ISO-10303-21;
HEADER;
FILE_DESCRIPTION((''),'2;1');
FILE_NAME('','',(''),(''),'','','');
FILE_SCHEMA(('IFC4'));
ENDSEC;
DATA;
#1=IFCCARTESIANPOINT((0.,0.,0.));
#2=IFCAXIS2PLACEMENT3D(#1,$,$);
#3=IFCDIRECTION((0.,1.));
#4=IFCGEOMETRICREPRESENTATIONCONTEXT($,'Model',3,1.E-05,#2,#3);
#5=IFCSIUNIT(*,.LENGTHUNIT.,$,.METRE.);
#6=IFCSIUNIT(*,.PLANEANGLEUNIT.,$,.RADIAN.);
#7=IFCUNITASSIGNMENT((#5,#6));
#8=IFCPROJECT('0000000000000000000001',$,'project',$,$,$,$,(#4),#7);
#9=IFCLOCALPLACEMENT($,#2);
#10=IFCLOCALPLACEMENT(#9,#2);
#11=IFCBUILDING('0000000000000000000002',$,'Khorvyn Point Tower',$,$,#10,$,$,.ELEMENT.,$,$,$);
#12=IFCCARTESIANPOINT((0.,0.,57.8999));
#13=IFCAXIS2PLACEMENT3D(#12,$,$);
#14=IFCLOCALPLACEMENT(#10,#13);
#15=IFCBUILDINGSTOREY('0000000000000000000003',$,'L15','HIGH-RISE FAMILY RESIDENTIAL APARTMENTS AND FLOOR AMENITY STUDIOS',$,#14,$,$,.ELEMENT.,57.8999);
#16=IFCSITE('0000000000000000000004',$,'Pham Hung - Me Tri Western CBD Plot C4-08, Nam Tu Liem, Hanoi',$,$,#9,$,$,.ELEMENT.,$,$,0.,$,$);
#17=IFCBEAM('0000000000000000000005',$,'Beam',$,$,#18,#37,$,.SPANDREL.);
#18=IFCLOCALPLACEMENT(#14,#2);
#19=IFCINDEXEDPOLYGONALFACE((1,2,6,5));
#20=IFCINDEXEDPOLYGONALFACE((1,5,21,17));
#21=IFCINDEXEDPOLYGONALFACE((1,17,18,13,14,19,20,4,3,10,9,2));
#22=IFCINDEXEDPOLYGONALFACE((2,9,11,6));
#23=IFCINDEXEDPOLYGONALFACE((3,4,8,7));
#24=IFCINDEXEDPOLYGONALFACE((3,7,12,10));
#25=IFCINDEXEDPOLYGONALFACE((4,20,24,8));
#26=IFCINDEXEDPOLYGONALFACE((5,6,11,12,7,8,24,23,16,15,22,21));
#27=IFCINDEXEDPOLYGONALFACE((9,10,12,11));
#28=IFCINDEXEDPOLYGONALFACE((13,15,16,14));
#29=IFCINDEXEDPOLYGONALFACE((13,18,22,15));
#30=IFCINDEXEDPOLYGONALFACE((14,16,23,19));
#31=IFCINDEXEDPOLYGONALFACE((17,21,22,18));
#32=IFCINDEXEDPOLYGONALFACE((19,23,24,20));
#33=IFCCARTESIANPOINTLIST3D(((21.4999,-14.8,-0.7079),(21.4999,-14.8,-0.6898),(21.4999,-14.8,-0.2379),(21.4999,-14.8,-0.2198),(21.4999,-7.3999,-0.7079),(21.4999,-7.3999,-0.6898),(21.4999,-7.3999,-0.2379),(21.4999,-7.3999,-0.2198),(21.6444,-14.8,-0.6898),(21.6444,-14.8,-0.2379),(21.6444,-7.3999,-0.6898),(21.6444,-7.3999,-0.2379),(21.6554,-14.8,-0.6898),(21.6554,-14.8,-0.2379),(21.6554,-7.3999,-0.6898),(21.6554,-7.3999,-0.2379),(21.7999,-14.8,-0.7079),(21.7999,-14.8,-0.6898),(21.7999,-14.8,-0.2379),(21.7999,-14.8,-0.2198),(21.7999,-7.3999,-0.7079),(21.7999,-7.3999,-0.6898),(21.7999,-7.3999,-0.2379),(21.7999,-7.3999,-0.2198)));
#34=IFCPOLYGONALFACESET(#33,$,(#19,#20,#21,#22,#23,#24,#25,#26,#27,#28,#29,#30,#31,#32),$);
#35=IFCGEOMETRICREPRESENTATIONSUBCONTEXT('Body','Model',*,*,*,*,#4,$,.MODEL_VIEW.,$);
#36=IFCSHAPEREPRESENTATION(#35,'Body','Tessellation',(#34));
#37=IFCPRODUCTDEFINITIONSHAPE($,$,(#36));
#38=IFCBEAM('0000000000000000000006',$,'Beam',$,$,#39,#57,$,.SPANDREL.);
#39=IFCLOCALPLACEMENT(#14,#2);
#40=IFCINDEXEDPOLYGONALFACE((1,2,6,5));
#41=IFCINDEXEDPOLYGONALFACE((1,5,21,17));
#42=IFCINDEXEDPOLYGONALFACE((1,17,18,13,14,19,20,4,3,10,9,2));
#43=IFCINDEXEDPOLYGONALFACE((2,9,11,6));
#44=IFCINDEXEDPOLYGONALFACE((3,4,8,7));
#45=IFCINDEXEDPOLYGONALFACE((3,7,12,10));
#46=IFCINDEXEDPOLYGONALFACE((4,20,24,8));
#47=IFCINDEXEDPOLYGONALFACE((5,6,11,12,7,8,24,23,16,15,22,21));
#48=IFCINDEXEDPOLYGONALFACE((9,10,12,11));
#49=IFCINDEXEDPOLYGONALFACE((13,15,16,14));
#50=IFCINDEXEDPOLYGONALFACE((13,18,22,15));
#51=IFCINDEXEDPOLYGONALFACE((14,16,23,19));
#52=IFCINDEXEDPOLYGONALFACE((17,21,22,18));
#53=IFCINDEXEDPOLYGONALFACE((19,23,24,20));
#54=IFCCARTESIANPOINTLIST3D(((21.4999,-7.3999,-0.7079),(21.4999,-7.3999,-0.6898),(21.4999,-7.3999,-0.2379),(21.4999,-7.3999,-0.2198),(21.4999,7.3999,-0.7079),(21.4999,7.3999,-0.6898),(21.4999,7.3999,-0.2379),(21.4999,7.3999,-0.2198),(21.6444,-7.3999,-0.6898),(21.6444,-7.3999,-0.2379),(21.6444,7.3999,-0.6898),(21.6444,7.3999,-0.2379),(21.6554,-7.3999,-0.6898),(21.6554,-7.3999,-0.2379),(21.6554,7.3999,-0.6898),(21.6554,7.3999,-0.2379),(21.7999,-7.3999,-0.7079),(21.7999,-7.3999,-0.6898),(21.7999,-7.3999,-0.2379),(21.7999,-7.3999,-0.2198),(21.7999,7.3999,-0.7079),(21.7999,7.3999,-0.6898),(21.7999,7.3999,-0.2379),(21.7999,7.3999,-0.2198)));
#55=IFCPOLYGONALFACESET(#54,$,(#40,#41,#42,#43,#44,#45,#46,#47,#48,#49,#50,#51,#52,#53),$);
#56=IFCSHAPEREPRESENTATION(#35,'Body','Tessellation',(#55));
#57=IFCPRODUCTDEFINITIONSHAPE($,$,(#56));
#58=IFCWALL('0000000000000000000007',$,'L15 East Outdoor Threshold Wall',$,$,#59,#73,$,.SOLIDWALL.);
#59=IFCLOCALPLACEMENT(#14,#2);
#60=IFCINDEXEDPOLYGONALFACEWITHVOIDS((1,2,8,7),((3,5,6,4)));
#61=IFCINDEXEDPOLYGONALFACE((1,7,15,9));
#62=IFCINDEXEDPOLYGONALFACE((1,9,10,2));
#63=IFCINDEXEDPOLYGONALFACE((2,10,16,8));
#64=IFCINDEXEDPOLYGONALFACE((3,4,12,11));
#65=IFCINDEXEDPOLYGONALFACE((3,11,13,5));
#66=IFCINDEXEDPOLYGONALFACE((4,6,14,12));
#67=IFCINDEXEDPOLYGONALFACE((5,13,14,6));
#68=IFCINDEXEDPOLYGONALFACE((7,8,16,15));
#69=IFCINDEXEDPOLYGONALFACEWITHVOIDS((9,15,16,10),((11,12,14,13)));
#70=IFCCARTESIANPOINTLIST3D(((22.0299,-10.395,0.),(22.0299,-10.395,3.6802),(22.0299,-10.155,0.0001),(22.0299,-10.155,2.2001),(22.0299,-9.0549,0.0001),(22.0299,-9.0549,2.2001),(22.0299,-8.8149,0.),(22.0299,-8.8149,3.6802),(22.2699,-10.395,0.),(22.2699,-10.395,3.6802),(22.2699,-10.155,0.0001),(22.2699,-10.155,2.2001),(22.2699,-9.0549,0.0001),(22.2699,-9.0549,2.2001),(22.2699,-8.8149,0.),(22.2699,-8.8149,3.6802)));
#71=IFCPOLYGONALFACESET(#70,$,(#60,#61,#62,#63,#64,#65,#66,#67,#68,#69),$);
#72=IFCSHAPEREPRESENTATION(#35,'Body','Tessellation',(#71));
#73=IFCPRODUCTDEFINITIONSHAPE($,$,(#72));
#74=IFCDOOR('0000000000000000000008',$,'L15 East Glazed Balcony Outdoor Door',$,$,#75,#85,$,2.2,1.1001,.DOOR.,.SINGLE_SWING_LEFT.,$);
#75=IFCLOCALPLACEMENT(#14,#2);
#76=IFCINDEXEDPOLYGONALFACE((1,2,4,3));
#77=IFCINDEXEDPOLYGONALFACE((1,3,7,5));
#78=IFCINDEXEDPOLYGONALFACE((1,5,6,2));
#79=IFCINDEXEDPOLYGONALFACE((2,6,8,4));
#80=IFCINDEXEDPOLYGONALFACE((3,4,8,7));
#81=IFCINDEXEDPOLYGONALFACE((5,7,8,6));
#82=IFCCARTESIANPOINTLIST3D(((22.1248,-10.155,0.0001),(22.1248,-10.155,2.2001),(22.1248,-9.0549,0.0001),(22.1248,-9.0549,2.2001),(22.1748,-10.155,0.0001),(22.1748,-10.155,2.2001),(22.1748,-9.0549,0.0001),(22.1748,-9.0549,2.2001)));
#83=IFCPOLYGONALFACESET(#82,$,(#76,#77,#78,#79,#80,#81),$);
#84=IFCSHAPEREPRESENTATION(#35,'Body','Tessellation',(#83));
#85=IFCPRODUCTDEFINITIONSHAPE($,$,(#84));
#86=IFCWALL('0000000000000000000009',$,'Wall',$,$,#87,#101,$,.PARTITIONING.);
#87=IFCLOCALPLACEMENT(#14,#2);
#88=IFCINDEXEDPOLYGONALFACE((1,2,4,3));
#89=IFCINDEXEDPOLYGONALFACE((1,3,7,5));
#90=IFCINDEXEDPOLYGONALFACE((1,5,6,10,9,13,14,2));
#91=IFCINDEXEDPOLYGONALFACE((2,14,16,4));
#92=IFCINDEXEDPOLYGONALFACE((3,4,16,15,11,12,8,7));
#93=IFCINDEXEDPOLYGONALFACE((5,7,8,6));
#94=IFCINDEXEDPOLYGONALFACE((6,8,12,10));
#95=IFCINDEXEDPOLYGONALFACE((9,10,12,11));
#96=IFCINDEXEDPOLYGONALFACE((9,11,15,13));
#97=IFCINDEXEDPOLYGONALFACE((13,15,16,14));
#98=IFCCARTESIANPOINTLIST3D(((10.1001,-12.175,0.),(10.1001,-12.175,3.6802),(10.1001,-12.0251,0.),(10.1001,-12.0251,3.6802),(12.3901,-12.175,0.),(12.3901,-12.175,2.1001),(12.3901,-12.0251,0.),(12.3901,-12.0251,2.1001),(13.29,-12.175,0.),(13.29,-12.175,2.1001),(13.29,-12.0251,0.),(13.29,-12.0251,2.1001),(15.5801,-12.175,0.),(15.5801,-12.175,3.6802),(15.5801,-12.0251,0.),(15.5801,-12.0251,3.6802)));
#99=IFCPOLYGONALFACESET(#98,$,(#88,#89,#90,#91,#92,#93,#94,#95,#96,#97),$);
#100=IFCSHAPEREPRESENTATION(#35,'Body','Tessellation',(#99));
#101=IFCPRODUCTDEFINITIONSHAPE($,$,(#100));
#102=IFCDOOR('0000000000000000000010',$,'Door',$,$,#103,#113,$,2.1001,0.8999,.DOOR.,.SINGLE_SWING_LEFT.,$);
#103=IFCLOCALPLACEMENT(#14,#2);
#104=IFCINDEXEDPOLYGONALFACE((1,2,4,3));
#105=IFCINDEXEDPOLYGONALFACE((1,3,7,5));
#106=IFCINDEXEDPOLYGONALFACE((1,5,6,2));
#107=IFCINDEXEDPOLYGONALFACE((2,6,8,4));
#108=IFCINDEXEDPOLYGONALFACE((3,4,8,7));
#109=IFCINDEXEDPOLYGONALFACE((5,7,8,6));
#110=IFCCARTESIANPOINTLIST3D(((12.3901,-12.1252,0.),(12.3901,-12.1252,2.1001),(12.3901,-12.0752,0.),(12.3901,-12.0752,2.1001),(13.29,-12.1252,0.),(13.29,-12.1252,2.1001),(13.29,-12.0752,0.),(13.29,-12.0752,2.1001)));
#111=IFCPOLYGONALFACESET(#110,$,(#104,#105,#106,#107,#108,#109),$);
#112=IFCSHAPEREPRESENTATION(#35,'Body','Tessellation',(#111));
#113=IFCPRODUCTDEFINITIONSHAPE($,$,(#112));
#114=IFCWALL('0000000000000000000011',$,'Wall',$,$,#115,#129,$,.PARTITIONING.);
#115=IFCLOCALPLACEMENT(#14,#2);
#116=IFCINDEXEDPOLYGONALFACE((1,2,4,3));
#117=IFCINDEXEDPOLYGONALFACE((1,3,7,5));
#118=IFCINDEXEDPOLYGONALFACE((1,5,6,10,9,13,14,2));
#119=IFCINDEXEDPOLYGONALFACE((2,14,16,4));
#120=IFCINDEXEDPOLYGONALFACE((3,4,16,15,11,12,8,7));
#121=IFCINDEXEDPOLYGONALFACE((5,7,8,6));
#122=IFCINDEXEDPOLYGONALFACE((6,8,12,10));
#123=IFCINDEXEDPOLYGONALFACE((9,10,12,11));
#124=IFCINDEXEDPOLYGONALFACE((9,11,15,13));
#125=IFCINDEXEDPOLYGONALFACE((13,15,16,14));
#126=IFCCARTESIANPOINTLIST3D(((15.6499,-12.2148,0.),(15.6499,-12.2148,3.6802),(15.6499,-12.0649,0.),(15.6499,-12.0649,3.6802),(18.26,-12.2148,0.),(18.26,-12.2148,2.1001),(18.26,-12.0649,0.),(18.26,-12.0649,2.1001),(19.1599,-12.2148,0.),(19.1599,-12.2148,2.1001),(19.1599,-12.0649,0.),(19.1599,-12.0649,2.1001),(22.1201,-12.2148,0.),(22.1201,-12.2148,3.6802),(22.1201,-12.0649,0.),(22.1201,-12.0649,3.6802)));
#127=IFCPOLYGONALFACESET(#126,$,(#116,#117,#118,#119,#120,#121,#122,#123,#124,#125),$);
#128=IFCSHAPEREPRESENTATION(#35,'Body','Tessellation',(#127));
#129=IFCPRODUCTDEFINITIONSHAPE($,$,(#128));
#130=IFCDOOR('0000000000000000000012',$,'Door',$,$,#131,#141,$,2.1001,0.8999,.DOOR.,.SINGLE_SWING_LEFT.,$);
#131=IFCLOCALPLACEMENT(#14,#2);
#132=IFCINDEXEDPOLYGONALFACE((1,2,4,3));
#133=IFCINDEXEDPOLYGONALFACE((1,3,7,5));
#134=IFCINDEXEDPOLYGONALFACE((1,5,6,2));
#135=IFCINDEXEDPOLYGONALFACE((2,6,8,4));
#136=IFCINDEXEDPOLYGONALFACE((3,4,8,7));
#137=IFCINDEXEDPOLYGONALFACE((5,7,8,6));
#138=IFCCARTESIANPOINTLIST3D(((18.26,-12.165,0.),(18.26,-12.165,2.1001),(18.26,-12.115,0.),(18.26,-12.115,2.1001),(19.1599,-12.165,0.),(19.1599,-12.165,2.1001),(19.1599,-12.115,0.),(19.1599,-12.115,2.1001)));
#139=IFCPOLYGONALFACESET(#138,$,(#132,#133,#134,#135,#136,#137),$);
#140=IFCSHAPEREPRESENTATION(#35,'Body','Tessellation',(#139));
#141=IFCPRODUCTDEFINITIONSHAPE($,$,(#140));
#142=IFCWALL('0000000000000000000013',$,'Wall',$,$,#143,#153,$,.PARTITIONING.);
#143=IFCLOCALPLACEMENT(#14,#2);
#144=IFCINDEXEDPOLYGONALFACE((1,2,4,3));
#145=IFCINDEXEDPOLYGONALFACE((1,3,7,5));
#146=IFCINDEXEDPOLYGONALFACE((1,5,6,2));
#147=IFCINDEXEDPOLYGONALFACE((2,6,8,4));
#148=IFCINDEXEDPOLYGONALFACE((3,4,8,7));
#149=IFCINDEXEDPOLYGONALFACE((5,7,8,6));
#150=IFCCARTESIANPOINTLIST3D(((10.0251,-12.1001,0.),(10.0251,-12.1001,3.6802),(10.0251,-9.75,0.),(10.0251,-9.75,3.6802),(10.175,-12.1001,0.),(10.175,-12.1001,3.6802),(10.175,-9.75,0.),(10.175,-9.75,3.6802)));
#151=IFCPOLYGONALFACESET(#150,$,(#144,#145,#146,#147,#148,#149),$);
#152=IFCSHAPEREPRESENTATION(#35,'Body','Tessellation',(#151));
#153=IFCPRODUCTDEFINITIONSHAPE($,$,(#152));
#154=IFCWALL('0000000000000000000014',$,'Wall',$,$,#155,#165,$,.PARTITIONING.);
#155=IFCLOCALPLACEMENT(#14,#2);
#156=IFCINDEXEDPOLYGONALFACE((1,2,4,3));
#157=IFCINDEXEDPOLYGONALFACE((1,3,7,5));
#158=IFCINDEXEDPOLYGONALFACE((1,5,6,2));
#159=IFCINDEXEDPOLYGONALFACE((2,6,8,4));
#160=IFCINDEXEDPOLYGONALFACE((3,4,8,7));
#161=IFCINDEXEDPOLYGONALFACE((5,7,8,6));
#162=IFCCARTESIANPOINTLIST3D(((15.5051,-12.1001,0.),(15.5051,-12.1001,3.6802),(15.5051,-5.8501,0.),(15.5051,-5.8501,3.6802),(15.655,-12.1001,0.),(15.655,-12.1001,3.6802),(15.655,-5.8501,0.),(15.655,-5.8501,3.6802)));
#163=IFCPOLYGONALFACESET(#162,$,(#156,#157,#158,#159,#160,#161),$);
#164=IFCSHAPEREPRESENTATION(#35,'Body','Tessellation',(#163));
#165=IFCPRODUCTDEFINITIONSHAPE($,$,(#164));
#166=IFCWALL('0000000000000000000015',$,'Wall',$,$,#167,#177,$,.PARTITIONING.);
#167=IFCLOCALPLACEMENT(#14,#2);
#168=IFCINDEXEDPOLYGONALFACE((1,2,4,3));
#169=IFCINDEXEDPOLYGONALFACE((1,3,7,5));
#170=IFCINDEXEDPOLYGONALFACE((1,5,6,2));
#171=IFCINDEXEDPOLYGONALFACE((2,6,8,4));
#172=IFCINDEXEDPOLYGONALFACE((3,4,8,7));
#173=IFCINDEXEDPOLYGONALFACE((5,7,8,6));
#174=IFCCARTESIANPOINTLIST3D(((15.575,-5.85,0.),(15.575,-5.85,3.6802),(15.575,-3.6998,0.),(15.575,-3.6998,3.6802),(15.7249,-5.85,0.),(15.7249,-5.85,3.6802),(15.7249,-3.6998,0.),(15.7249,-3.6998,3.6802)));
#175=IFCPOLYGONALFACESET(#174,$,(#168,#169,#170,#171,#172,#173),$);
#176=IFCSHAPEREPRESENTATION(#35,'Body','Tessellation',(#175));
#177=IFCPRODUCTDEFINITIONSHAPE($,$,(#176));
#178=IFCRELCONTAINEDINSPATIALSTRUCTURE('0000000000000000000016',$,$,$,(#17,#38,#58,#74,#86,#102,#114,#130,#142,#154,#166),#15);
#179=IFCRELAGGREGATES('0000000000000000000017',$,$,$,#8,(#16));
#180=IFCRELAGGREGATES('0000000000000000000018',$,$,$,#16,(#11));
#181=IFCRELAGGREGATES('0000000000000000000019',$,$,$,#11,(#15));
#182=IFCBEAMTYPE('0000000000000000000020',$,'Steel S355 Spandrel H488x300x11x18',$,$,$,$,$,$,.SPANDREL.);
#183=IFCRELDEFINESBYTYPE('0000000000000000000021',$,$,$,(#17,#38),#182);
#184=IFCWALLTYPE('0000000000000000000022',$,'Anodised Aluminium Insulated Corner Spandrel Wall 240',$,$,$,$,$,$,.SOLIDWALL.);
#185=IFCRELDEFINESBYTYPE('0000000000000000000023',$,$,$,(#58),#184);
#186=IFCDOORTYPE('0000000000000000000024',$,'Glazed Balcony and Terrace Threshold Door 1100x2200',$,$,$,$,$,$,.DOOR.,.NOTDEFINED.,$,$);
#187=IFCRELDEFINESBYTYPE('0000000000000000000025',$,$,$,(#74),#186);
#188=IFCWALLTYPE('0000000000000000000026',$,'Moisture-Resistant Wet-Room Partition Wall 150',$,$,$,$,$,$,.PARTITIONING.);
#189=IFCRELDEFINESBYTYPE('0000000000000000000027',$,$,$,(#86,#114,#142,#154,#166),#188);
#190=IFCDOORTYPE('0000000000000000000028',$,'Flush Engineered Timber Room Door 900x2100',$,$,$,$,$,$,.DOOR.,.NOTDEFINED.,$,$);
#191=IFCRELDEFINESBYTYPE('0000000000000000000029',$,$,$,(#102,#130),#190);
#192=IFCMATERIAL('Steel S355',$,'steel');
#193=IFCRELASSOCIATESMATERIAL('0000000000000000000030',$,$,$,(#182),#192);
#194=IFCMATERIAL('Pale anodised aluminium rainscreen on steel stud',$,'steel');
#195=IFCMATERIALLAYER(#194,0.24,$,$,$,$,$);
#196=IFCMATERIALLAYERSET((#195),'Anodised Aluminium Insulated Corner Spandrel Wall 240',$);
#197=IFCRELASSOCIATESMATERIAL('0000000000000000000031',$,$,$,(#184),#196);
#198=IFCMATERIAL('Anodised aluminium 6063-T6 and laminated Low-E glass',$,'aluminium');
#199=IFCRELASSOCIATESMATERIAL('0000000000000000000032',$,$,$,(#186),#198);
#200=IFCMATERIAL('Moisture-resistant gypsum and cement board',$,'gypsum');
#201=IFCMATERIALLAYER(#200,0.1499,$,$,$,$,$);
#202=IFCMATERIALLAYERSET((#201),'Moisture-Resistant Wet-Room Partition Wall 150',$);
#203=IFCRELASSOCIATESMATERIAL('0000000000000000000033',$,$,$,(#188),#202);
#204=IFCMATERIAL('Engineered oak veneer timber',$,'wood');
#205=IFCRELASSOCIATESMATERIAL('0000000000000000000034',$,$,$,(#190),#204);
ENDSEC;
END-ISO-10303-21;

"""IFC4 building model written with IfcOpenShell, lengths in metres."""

from ifc_helpers import new_model, si_unit, direction, frame, frame_2d, origin, origin_2d, place, context, subcontext, project, spatial, rectangle, i_section, extrude, material, layer, layer_set, material_profile, profile_set, type_object, element, fill, save


model = new_model("IFC4")

# Units and contexts
model_context = context("Model", 3, precision=1e-05, world=origin(), true_north=direction((0.0, 1.0)))
body_context = subcontext(model_context, "Body", "Model", "MODEL_VIEW")
ifc_project = project(units=[si_unit("LENGTHUNIT", "METRE"), si_unit("PLANEANGLEUNIT", "RADIAN")], contexts=[model_context])

# Site, building, storey
site_placement = place(None, origin())
site = spatial("IfcSite", under=ifc_project, at=site_placement, Name="Pham Hung - Me Tri Western CBD Plot C4-08, Nam Tu Liem, Hanoi", CompositionType="ELEMENT", RefElevation=0.0)
building_placement = place(site_placement, origin())
building = spatial("IfcBuilding", under=site, at=building_placement, Name="Khorvyn Point Tower", CompositionType="ELEMENT")
storey_placement = place(building_placement, frame((0.0, 0.0, 57.8999)))
storey = spatial("IfcBuildingStorey", under=building, at=storey_placement, Name="L15", Description="HIGH-RISE FAMILY RESIDENTIAL APARTMENTS AND FLOOR AMENITY STUDIOS", CompositionType="ELEMENT", Elevation=57.8999)

# Shared definitions
ifc_material_1 = material(Name="Anodised aluminium 6063-T6 and laminated Low-E glass", Category="aluminium")

# Beams
ifc_material_2 = material(Name="Steel S355", Category="steel")
ifc_material_profile_1 = material_profile(ifc_material_2, i_section(OverallWidth=0.3, OverallDepth=0.488, WebThickness=0.011, FlangeThickness=0.0181, at=origin_2d()))
ifc_profile_set_1 = profile_set([ifc_material_profile_1], Name="Steel S355 H488x300x11x18")
beam_type_1 = type_object("IfcBeamType", Name="Steel S355 Spandrel H488x300x11x18", PredefinedType="SPANDREL", material=ifc_profile_set_1)
beam_1_placement = place(storey_placement, frame((21.6499, -14.8, -0.4639), z_axis=(0.0, 1.0, 0.0), x_axis=(-1.0, 0.0, 0.0)))
element("IfcBeam", 1, at=beam_1_placement, inside=storey, type_object=beam_type_1, Name="Beam", PredefinedType="SPANDREL", context=body_context, shape_type="SweptSolid", body=[
    extrude(i_section(OverallWidth=0.3, OverallDepth=0.488, WebThickness=0.011, FlangeThickness=0.0181, at=origin_2d()), origin(), (0.0, 0.0, 1.0), 7.4001),
])
beam_2_placement = place(storey_placement, frame((21.6499, -7.3999, -0.4639), z_axis=(0.0, 1.0, 0.0), x_axis=(-1.0, 0.0, 0.0)))
element("IfcBeam", 2, at=beam_2_placement, inside=storey, type_object=beam_type_1, Name="Beam", PredefinedType="SPANDREL", context=body_context, shape_type="SweptSolid", body=[
    extrude(i_section(OverallWidth=0.3, OverallDepth=0.488, WebThickness=0.011, FlangeThickness=0.0181, at=origin_2d()), origin(), (0.0, 0.0, 1.0), 14.7998),
])

# Walls, openings, doors
ifc_material_3 = material(Name="Pale anodised aluminium rainscreen on steel stud", Category="steel")
ifc_layer_1 = layer(ifc_material_3, 0.24)
ifc_layer_set_1 = layer_set([ifc_layer_1], Name="Anodised Aluminium Insulated Corner Spandrel Wall 240")
wall_type_1 = type_object("IfcWallType", Name="Anodised Aluminium Insulated Corner Spandrel Wall 240", PredefinedType="SOLIDWALL", material=ifc_layer_set_1)
wall_1_placement = place(storey_placement, frame((22.1499, -8.8149, 0.0), z_axis=(0.0, 0.0, 1.0), x_axis=(0.0, -1.0, 0.0)))
wall_1 = element("IfcWall", 3, at=wall_1_placement, inside=storey, type_object=wall_type_1, Name="L15 East Outdoor Threshold Wall", PredefinedType="SOLIDWALL", context=body_context, shape_type="SweptSolid", body=[
    extrude(rectangle(XDim=1.5801, YDim=0.24, at=frame_2d((0.79, 0.0))), origin(), (0.0, 0.0, 1.0), 3.6802),
])
opening_1_placement = place(wall_1_placement, frame((0.24, 0.0, 0.0)))
opening_1 = element("IfcOpeningElement", 4, at=opening_1_placement, cuts=wall_1, PredefinedType="OPENING", context=body_context, shape_type="SweptSolid", body=[
    extrude(rectangle(XDim=1.1001, YDim=2.2, at=frame_2d((0.55, 1.1001))), frame((0.0, 0.1299, 0.0), z_axis=(0.0, -1.0, 0.0), x_axis=(1.0, 0.0, 0.0)), (0.0, 0.0, 1.0), 0.26),
])
door_type_1 = type_object("IfcDoorType", Name="Glazed Balcony and Terrace Threshold Door 1100x2200", OperationType="NOTDEFINED", PredefinedType="DOOR", material=ifc_material_1)
door_1_placement = place(opening_1_placement, origin())
door_1 = element("IfcDoor", 5, at=door_1_placement, inside=storey, type_object=door_type_1, Name="L15 East Glazed Balcony Outdoor Door", OperationType="SINGLE_SWING_LEFT", OverallHeight=2.2, OverallWidth=1.1001, PredefinedType="DOOR", context=body_context, shape_type="SweptSolid", body=[
    extrude(rectangle(XDim=1.1001, YDim=2.2, at=frame_2d((0.55, 1.1001))), frame((0.0, 0.0249, 0.0), z_axis=(0.0, -1.0, 0.0), x_axis=(1.0, 0.0, 0.0)), (0.0, 0.0, 1.0), 0.05),
])
fill(opening_1, door_1)
ifc_material_4 = material(Name="Moisture-resistant gypsum and cement board", Category="gypsum")
ifc_layer_2 = layer(ifc_material_4, 0.1499)
ifc_layer_set_2 = layer_set([ifc_layer_2], Name="Moisture-Resistant Wet-Room Partition Wall 150")
wall_type_2 = type_object("IfcWallType", Name="Moisture-Resistant Wet-Room Partition Wall 150", PredefinedType="PARTITIONING", material=ifc_layer_set_2)
wall_2_placement = place(storey_placement, frame((10.1001, -12.1001, 0.0), z_axis=(0.0, 0.0, 1.0), x_axis=(1.0, 0.0, 0.0)))
wall_2 = element("IfcWall", 6, at=wall_2_placement, inside=storey, type_object=wall_type_2, Name="Wall", PredefinedType="PARTITIONING", context=body_context, shape_type="SweptSolid", body=[
    extrude(rectangle(XDim=5.48, YDim=0.1499, at=frame_2d((2.74, 0.0))), origin(), (0.0, 0.0, 1.0), 3.6802),
])
opening_2_placement = place(wall_2_placement, frame((2.29, 0.0, 0.0)))
opening_2 = element("IfcOpeningElement", 7, at=opening_2_placement, cuts=wall_2, PredefinedType="OPENING", context=body_context, shape_type="SweptSolid", body=[
    extrude(rectangle(XDim=0.8999, YDim=2.1001, at=frame_2d((0.45, 1.05))), frame((0.0, 0.085, 0.0), z_axis=(0.0, -1.0, 0.0), x_axis=(1.0, 0.0, 0.0)), (0.0, 0.0, 1.0), 0.1699),
])
ifc_material_5 = material(Name="Engineered oak veneer timber", Category="wood")
door_type_2 = type_object("IfcDoorType", Name="Flush Engineered Timber Room Door 900x2100", OperationType="NOTDEFINED", PredefinedType="DOOR", material=ifc_material_5)
door_2_placement = place(opening_2_placement, origin())
door_2 = element("IfcDoor", 8, at=door_2_placement, inside=storey, type_object=door_type_2, Name="Door", OperationType="SINGLE_SWING_LEFT", OverallHeight=2.1001, OverallWidth=0.8999, PredefinedType="DOOR", context=body_context, shape_type="SweptSolid", body=[
    extrude(rectangle(XDim=0.8999, YDim=2.1001, at=frame_2d((0.45, 1.05))), frame((0.0, 0.0249, 0.0), z_axis=(0.0, -1.0, 0.0), x_axis=(1.0, 0.0, 0.0)), (0.0, 0.0, 1.0), 0.05),
])
fill(opening_2, door_2)
wall_3_placement = place(storey_placement, frame((15.6499, -12.1399, 0.0), z_axis=(0.0, 0.0, 1.0), x_axis=(1.0, 0.0, 0.0)))
wall_3 = element("IfcWall", 9, at=wall_3_placement, inside=storey, type_object=wall_type_2, Name="Wall", PredefinedType="PARTITIONING", context=body_context, shape_type="SweptSolid", body=[
    extrude(rectangle(XDim=6.4702, YDim=0.1499, at=frame_2d((3.2351, 0.0))), origin(), (0.0, 0.0, 1.0), 3.6802),
])
opening_3_placement = place(wall_3_placement, frame((2.6101, 0.0, 0.0)))
opening_3 = element("IfcOpeningElement", 10, at=opening_3_placement, cuts=wall_3, PredefinedType="OPENING", context=body_context, shape_type="SweptSolid", body=[
    extrude(rectangle(XDim=0.8999, YDim=2.1001, at=frame_2d((0.45, 1.05))), frame((0.0, 0.085, 0.0), z_axis=(0.0, -1.0, 0.0), x_axis=(1.0, 0.0, 0.0)), (0.0, 0.0, 1.0), 0.1699),
])
door_3_placement = place(opening_3_placement, origin())
door_3 = element("IfcDoor", 11, at=door_3_placement, inside=storey, type_object=door_type_2, Name="Door", OperationType="SINGLE_SWING_LEFT", OverallHeight=2.1001, OverallWidth=0.8999, PredefinedType="DOOR", context=body_context, shape_type="SweptSolid", body=[
    extrude(rectangle(XDim=0.8999, YDim=2.1001, at=frame_2d((0.45, 1.05))), frame((0.0, 0.0249, 0.0), z_axis=(0.0, -1.0, 0.0), x_axis=(1.0, 0.0, 0.0)), (0.0, 0.0, 1.0), 0.05),
])
fill(opening_3, door_3)

# Walls
wall_4_placement = place(storey_placement, frame((10.1001, -12.1001, 0.0), z_axis=(0.0, 0.0, 1.0), x_axis=(0.0, 1.0, 0.0)))
element("IfcWall", 12, at=wall_4_placement, inside=storey, type_object=wall_type_2, Name="Wall", PredefinedType="PARTITIONING", context=body_context, shape_type="SweptSolid", body=[
    extrude(rectangle(XDim=2.3501, YDim=0.1499, at=frame_2d((1.175, 0.0))), origin(), (0.0, 0.0, 1.0), 3.6802),
])
wall_5_placement = place(storey_placement, frame((15.5801, -12.1001, 0.0), z_axis=(0.0, 0.0, 1.0), x_axis=(0.0, 1.0, 0.0)))
element("IfcWall", 13, at=wall_5_placement, inside=storey, type_object=wall_type_2, Name="Wall", PredefinedType="PARTITIONING", context=body_context, shape_type="SweptSolid", body=[
    extrude(rectangle(XDim=6.25, YDim=0.1499, at=frame_2d((3.125, 0.0))), origin(), (0.0, 0.0, 1.0), 3.6802),
])
wall_6_placement = place(storey_placement, frame((15.6499, -5.8501, 0.0), z_axis=(0.0, 0.0, 1.0), x_axis=(0.0, 1.0, 0.0)))
element("IfcWall", 14, at=wall_6_placement, inside=storey, type_object=wall_type_2, Name="Wall", PredefinedType="PARTITIONING", context=body_context, shape_type="SweptSolid", body=[
    extrude(rectangle(XDim=2.1501, YDim=0.1499, at=frame_2d((1.0752, 0.0))), origin(), (0.0, 0.0, 1.0), 3.6802),
])

save(model, "model.ifc")
